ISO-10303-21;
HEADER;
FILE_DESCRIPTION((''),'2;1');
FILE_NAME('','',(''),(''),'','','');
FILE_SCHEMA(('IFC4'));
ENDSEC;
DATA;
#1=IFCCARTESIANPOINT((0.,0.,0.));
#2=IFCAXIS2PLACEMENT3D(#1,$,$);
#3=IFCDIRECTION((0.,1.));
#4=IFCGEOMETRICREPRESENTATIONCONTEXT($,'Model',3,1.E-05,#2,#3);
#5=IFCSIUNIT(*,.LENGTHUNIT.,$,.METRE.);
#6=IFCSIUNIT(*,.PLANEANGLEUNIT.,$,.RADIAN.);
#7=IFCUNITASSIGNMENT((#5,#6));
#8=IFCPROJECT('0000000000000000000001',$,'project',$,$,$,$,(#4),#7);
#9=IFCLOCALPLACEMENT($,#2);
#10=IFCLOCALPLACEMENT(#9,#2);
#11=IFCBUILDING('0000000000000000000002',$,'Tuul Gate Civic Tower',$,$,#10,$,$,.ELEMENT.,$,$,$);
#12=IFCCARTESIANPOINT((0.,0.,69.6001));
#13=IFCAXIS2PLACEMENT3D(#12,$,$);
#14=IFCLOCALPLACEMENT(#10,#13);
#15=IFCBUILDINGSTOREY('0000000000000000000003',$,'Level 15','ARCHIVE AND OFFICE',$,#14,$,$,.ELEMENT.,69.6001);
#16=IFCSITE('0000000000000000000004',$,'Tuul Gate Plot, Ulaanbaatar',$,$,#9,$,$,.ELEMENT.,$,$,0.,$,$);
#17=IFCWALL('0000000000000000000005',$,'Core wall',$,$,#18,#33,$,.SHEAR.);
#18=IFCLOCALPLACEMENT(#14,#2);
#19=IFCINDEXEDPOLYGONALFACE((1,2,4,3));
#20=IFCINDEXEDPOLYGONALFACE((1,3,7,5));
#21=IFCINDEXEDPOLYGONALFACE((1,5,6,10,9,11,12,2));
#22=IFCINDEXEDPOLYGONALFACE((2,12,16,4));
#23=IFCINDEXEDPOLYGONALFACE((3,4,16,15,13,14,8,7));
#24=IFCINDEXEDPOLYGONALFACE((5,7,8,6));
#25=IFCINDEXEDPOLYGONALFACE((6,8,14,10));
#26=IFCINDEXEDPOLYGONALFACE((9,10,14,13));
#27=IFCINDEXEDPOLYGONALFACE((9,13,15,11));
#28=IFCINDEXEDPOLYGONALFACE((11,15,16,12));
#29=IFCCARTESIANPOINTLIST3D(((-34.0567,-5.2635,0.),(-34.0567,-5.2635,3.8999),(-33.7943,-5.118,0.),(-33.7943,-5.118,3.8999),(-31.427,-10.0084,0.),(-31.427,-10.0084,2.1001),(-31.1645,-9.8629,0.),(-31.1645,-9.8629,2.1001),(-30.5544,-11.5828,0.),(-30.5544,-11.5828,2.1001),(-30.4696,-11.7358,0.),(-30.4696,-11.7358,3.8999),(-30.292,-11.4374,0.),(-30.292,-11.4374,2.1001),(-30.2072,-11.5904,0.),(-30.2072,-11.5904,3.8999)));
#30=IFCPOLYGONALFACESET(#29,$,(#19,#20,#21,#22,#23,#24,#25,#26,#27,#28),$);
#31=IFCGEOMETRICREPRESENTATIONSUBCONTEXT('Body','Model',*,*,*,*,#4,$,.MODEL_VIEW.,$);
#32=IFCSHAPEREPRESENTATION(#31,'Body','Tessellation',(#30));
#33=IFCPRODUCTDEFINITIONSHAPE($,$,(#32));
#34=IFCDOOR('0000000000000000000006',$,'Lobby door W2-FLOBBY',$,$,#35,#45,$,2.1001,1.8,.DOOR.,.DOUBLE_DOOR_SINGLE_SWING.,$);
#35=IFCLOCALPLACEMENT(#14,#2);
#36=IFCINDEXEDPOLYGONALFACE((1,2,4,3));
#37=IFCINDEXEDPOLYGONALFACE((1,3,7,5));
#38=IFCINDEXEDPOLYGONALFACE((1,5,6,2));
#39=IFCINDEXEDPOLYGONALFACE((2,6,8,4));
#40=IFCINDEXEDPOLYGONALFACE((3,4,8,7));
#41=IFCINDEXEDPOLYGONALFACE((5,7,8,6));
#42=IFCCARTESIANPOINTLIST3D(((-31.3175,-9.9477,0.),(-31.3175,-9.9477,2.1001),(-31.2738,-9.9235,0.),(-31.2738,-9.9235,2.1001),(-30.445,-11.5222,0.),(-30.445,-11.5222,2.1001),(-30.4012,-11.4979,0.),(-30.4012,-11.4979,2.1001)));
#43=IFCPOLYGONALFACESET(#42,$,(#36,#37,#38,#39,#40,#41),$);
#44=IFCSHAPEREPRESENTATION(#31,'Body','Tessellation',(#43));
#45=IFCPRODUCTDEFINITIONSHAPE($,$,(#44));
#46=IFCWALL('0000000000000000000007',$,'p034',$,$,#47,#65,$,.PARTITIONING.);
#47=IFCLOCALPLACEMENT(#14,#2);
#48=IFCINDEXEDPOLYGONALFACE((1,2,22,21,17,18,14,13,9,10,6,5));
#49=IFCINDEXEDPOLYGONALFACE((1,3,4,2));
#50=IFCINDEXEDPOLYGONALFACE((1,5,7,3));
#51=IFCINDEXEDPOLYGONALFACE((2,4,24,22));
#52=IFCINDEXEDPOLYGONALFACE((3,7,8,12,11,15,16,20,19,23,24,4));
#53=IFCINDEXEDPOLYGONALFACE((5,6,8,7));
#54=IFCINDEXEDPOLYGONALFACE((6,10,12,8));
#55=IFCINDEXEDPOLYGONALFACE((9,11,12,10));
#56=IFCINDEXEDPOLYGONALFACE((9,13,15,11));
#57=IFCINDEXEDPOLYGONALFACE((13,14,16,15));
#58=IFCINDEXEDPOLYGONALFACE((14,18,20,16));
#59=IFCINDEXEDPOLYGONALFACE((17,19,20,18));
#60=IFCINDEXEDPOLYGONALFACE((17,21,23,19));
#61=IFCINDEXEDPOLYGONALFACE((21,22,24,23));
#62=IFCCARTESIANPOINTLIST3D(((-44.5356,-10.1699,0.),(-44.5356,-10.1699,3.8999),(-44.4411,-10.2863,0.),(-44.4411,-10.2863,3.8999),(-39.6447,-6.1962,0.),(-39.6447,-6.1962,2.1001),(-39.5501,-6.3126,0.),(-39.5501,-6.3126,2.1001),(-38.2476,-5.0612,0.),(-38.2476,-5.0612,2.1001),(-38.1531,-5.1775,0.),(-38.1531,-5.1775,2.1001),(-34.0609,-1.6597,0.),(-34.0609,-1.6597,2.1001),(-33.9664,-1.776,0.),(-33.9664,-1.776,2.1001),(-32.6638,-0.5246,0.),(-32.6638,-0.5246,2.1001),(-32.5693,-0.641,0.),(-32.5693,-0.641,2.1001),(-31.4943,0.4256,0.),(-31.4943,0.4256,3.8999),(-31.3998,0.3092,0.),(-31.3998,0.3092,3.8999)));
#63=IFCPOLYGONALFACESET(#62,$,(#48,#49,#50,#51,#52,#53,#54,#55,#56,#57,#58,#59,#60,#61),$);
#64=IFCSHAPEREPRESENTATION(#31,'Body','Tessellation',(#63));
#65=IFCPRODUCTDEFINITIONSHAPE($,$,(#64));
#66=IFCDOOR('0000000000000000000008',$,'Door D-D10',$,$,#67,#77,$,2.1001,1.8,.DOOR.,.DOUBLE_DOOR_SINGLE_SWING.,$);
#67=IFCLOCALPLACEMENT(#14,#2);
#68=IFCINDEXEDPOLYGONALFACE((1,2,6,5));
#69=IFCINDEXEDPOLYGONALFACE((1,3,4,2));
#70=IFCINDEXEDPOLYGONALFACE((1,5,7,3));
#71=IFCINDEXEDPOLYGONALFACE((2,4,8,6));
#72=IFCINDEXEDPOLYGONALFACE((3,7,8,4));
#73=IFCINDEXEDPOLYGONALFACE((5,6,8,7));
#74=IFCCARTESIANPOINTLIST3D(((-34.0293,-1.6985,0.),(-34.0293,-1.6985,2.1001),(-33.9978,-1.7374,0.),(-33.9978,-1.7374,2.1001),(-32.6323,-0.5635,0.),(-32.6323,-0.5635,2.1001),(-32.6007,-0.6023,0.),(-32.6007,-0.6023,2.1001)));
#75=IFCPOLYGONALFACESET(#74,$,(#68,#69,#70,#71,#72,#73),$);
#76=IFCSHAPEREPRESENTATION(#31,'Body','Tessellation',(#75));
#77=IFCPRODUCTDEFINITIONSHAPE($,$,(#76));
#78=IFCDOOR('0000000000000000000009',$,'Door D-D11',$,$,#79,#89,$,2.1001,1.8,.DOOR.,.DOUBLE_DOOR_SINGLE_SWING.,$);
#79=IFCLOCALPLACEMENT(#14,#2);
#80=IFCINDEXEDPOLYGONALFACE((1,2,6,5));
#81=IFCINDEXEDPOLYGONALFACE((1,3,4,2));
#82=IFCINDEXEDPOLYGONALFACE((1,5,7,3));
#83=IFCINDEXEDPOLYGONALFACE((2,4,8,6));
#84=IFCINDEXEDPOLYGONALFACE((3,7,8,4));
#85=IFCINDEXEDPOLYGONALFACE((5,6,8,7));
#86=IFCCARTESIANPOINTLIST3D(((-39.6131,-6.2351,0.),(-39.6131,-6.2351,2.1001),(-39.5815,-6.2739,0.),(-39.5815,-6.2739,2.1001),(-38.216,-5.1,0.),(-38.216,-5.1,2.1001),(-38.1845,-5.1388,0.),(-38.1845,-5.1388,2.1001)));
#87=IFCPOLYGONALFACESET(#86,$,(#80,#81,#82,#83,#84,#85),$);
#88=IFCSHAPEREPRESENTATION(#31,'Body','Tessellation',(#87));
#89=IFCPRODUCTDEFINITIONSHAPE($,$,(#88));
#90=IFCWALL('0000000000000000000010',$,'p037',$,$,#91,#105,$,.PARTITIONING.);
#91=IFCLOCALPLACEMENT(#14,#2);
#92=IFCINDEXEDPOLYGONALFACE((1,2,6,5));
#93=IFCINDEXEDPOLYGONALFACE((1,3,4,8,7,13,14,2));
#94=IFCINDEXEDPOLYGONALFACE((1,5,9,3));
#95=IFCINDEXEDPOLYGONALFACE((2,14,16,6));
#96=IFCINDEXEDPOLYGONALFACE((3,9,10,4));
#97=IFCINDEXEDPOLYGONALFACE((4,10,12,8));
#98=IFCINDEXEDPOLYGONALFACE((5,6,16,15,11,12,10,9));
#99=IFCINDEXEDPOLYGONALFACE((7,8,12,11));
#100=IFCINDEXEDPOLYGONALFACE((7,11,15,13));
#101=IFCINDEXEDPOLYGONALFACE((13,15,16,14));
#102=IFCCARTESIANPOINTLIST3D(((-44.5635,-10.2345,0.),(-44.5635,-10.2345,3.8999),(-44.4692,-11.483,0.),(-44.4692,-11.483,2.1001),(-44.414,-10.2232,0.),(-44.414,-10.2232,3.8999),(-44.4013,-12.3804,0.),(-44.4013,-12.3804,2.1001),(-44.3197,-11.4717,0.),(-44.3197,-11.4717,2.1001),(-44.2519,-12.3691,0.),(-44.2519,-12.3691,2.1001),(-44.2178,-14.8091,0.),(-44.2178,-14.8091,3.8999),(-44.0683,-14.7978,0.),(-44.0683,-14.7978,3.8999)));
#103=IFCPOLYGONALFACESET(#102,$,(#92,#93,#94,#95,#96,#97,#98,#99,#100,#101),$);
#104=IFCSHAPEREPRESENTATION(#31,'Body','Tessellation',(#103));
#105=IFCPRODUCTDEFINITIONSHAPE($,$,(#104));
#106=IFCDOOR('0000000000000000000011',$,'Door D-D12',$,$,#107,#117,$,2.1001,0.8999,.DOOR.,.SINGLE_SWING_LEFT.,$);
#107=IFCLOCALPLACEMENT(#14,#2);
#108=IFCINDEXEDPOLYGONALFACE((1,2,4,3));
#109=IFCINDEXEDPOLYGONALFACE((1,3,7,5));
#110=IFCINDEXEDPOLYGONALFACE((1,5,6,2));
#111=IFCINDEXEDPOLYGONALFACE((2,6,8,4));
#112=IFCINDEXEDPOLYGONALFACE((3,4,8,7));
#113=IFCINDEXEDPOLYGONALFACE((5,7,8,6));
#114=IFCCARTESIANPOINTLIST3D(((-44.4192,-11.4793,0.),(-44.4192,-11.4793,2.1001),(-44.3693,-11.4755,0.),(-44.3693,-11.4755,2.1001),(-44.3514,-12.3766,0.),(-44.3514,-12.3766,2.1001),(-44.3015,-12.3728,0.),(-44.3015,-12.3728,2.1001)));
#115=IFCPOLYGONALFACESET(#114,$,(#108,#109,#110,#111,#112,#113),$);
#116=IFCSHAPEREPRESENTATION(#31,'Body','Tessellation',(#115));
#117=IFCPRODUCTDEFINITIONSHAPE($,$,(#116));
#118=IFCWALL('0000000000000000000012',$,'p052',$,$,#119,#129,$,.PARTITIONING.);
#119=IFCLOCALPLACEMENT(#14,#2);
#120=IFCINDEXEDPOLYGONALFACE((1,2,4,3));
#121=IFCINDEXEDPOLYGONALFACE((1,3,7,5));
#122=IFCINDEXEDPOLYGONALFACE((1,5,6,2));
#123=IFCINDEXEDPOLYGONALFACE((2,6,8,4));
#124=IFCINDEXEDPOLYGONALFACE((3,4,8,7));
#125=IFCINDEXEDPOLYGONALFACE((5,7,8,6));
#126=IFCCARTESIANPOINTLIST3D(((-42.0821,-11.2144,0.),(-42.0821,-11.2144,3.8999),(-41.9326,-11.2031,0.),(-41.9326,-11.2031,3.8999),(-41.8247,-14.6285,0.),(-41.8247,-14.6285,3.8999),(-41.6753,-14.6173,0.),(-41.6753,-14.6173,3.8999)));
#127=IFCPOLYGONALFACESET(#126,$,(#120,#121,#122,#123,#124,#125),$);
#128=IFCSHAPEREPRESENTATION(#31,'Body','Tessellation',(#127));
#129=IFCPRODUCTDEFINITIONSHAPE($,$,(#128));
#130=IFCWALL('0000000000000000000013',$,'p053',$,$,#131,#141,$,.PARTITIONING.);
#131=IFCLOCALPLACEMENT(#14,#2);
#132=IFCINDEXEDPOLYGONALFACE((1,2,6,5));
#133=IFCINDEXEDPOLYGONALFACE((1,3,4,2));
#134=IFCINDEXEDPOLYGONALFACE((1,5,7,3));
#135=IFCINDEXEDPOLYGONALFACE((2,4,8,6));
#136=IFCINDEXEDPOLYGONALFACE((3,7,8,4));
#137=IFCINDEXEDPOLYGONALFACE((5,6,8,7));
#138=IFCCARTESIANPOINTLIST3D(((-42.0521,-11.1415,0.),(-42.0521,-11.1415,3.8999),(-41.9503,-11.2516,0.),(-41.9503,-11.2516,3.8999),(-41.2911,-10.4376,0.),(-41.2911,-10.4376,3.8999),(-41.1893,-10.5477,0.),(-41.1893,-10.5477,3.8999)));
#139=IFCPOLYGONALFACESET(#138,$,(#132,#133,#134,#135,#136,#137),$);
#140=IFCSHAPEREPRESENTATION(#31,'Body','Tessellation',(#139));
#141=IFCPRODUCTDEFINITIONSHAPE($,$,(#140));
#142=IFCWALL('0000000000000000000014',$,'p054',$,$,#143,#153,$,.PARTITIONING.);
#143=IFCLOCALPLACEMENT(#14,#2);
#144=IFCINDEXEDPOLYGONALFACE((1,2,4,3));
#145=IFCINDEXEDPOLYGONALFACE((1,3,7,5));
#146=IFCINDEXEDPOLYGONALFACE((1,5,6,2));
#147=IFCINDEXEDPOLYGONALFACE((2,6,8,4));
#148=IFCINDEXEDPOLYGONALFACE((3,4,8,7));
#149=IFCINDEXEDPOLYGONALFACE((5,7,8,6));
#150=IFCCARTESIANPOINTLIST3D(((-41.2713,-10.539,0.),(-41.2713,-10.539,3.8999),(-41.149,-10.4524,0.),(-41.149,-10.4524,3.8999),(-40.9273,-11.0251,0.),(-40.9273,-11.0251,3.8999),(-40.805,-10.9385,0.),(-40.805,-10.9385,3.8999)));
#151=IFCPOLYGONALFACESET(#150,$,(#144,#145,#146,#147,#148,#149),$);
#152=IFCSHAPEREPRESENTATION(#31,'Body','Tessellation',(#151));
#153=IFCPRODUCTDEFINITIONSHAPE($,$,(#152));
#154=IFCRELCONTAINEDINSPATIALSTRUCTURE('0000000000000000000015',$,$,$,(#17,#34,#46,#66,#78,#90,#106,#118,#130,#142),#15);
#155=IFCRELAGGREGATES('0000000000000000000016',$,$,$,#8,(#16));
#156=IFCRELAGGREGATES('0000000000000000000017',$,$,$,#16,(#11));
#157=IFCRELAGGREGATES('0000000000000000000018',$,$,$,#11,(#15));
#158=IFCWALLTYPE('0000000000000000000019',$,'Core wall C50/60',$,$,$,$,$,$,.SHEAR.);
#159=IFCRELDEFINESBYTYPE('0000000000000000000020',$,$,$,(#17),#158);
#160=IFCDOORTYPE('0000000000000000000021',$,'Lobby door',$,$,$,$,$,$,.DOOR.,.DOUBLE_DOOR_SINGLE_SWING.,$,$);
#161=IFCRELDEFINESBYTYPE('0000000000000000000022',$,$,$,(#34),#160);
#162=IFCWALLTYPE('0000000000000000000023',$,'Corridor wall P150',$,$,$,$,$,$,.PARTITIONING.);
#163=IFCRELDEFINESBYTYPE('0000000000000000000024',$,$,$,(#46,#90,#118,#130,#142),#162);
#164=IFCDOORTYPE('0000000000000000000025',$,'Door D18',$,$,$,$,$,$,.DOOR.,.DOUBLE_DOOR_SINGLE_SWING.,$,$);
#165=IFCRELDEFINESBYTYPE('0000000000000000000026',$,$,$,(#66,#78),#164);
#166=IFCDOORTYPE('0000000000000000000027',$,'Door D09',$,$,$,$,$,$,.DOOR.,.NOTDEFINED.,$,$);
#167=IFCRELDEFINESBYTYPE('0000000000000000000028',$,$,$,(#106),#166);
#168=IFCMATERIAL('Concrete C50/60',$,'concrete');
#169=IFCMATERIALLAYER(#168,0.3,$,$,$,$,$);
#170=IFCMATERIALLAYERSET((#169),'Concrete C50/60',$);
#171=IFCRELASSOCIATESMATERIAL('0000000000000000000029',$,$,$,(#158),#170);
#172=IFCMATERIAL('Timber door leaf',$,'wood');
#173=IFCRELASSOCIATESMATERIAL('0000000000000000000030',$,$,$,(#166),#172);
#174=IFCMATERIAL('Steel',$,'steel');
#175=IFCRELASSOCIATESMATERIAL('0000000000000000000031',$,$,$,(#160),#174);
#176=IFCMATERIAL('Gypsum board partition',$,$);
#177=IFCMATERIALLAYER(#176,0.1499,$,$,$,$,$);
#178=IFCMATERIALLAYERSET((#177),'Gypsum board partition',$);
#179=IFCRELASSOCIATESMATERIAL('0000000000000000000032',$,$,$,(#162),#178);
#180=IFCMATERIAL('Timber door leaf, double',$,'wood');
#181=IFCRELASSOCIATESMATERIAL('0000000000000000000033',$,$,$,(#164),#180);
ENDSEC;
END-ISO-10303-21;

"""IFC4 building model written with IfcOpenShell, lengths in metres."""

from ifc_helpers import new_model, si_unit, direction, frame, frame_2d, origin, place, context, subcontext, project, spatial, rectangle, extrude, material, layer, layer_set, type_object, element, fill, save


model = new_model("IFC4")

# Units and contexts
model_context = context("Model", 3, precision=1e-05, world=origin(), true_north=direction((0.0, 1.0)))
body_context = subcontext(model_context, "Body", "Model", "MODEL_VIEW")
ifc_project = project(units=[si_unit("LENGTHUNIT", "METRE"), si_unit("PLANEANGLEUNIT", "RADIAN")], contexts=[model_context])

# Site, building, storey
site_placement = place(None, origin())
site = spatial("IfcSite", under=ifc_project, at=site_placement, Name="Tuul Gate Plot, Ulaanbaatar", CompositionType="ELEMENT", RefElevation=0.0)
building_placement = place(site_placement, origin())
building = spatial("IfcBuilding", under=site, at=building_placement, Name="Tuul Gate Civic Tower", CompositionType="ELEMENT")
storey_placement = place(building_placement, frame((0.0, 0.0, 69.6001)))
storey = spatial("IfcBuildingStorey", under=building, at=storey_placement, Name="Level 15", Description="ARCHIVE AND OFFICE", CompositionType="ELEMENT", Elevation=69.6001)

# Shared definitions
ifc_material_1 = material(Name="Concrete C50/60", Category="concrete")
ifc_layer_1 = layer(ifc_material_1, 0.3)
ifc_layer_set_1 = layer_set([ifc_layer_1], Name="Concrete C50/60")
wall_type_1 = type_object("IfcWallType", Name="Core wall C50/60", PredefinedType="SHEAR", material=ifc_layer_set_1)

# Shared definitions
ifc_material_2 = material(Name="Timber door leaf", Category="wood")
door_type_1 = type_object("IfcDoorType", Name="Door D09", OperationType="NOTDEFINED", PredefinedType="DOOR", material=ifc_material_2)

# Wall, opening, door
wall_1_placement = place(storey_placement, frame((-30.3384, -11.6631, 0.0), z_axis=(0.0, 0.0, 1.0), x_axis=(-0.484752, 0.874652, 0.0)))
wall_1 = element("IfcWall", 1, at=wall_1_placement, inside=storey, type_object=wall_type_1, Name="Core wall", PredefinedType="SHEAR", context=body_context, shape_type="SweptSolid", body=[
    extrude(rectangle(XDim=7.3999, YDim=0.3, at=frame_2d((3.7, 0.0))), origin(), (0.0, 0.0, 1.0), 3.8999),
])
opening_1_placement = place(wall_1_placement, frame((0.175, 0.0, 0.0)))
opening_1 = element("IfcOpeningElement", 2, at=opening_1_placement, cuts=wall_1, PredefinedType="OPENING", context=body_context, shape_type="SweptSolid", body=[
    extrude(rectangle(XDim=1.8, YDim=2.1001, at=frame_2d((0.8999, 1.05))), frame((0.0, 0.1602, 0.0), z_axis=(0.0, -1.0, 0.0), x_axis=(1.0, 0.0, 0.0)), (0.0, 0.0, 1.0), 0.3201),
])
ifc_material_3 = material(Name="Steel", Category="steel")
door_type_2 = type_object("IfcDoorType", Name="Lobby door", OperationType="DOUBLE_DOOR_SINGLE_SWING", PredefinedType="DOOR", material=ifc_material_3)
door_1_placement = place(opening_1_placement, origin())
door_1 = element("IfcDoor", 3, at=door_1_placement, inside=storey, type_object=door_type_2, Name="Lobby door W2-FLOBBY", OperationType="DOUBLE_DOOR_SINGLE_SWING", OverallHeight=2.1001, OverallWidth=1.8, PredefinedType="DOOR", context=body_context, shape_type="SweptSolid", body=[
    extrude(rectangle(XDim=1.8, YDim=2.1001, at=frame_2d((0.8999, 1.05))), frame((0.0, 0.0249, 0.0), z_axis=(0.0, -1.0, 0.0), x_axis=(1.0, 0.0, 0.0)), (0.0, 0.0, 1.0), 0.05),
])
fill(opening_1, door_1)

# Wall, openings, doors
ifc_material_4 = material(Name="Gypsum board partition")
ifc_layer_2 = layer(ifc_material_4, 0.1499)
ifc_layer_set_2 = layer_set([ifc_layer_2], Name="Gypsum board partition")
wall_type_2 = type_object("IfcWallType", Name="Corridor wall P150", PredefinedType="PARTITIONING", material=ifc_layer_set_2)
wall_2_placement = place(storey_placement, frame((-44.4883, -10.228, 0.0), z_axis=(0.0, 0.0, 1.0), x_axis=(0.77613, 0.630572, 0.0)))
wall_2 = element("IfcWall", 4, at=wall_2_placement, inside=storey, type_object=wall_type_2, Name="p034", PredefinedType="PARTITIONING", context=body_context, shape_type="SweptSolid", body=[
    extrude(rectangle(XDim=16.803, YDim=0.1499, at=frame_2d((8.4014, 0.0))), origin(), (0.0, 0.0, 1.0), 3.8999),
])
opening_2_placement = place(wall_2_placement, frame((13.4961, 0.0, 0.0)))
opening_2 = element("IfcOpeningElement", 5, at=opening_2_placement, cuts=wall_2, PredefinedType="OPENING", context=body_context, shape_type="SweptSolid", body=[
    extrude(rectangle(XDim=1.8, YDim=2.1001, at=frame_2d((0.8999, 1.05))), frame((0.0, 0.085, 0.0), z_axis=(0.0, -1.0, 0.0), x_axis=(1.0, 0.0, 0.0)), (0.0, 0.0, 1.0), 0.1699),
])
opening_3_placement = place(wall_2_placement, frame((6.3018, 0.0, 0.0)))
opening_3 = element("IfcOpeningElement", 6, at=opening_3_placement, cuts=wall_2, PredefinedType="OPENING", context=body_context, shape_type="SweptSolid", body=[
    extrude(rectangle(XDim=1.8, YDim=2.1001, at=frame_2d((0.8999, 1.05))), frame((0.0, 0.085, 0.0), z_axis=(0.0, -1.0, 0.0), x_axis=(1.0, 0.0, 0.0)), (0.0, 0.0, 1.0), 0.1699),
])
ifc_material_5 = material(Name="Timber door leaf, double", Category="wood")
door_type_3 = type_object("IfcDoorType", Name="Door D18", OperationType="DOUBLE_DOOR_SINGLE_SWING", PredefinedType="DOOR", material=ifc_material_5)
door_2_placement = place(opening_2_placement, origin())
door_2 = element("IfcDoor", 7, at=door_2_placement, inside=storey, type_object=door_type_3, Name="Door D-D10", OperationType="DOUBLE_DOOR_SINGLE_SWING", OverallHeight=2.1001, OverallWidth=1.8, PredefinedType="DOOR", context=body_context, shape_type="SweptSolid", body=[
    extrude(rectangle(XDim=1.8, YDim=2.1001, at=frame_2d((0.8999, 1.05))), frame((0.0, 0.0249, 0.0), z_axis=(0.0, -1.0, 0.0), x_axis=(1.0, 0.0, 0.0)), (0.0, 0.0, 1.0), 0.05),
])
fill(opening_2, door_2)
door_3_placement = place(opening_3_placement, origin())
door_3 = element("IfcDoor", 8, at=door_3_placement, inside=storey, type_object=door_type_3, Name="Door D-D11", OperationType="DOUBLE_DOOR_SINGLE_SWING", OverallHeight=2.1001, OverallWidth=1.8, PredefinedType="DOOR", context=body_context, shape_type="SweptSolid", body=[
    extrude(rectangle(XDim=1.8, YDim=2.1001, at=frame_2d((0.8999, 1.05))), frame((0.0, 0.0249, 0.0), z_axis=(0.0, -1.0, 0.0), x_axis=(1.0, 0.0, 0.0)), (0.0, 0.0, 1.0), 0.05),
])
fill(opening_3, door_3)

# Wall, opening, door
wall_3_placement = place(storey_placement, frame((-44.4888, -10.2288, 0.0), z_axis=(0.0, 0.0, 1.0), x_axis=(0.075354, -0.997157, 0.0)))
wall_3 = element("IfcWall", 9, at=wall_3_placement, inside=storey, type_object=wall_type_2, Name="p037", PredefinedType="PARTITIONING", context=body_context, shape_type="SweptSolid", body=[
    extrude(rectangle(XDim=4.5876, YDim=0.1499, at=frame_2d((2.2939, 0.0))), origin(), (0.0, 0.0, 1.0), 3.8999),
])
opening_4_placement = place(wall_3_placement, frame((1.2522, 0.0, 0.0)))
opening_4 = element("IfcOpeningElement", 10, at=opening_4_placement, cuts=wall_3, PredefinedType="OPENING", context=body_context, shape_type="SweptSolid", body=[
    extrude(rectangle(XDim=0.8999, YDim=2.1001, at=frame_2d((0.45, 1.05))), frame((0.0, 0.085, 0.0), z_axis=(0.0, -1.0, 0.0), x_axis=(1.0, 0.0, 0.0)), (0.0, 0.0, 1.0), 0.1699),
])
door_4_placement = place(opening_4_placement, frame((0.8999, 0.0, 0.0), z_axis=(0.0, 0.0, 1.0), x_axis=(-1.0, 0.0, 0.0)))
door_4 = element("IfcDoor", 11, at=door_4_placement, inside=storey, type_object=door_type_1, Name="Door D-D12", OperationType="SINGLE_SWING_LEFT", OverallHeight=2.1001, OverallWidth=0.8999, PredefinedType="DOOR", context=body_context, shape_type="SweptSolid", body=[
    extrude(rectangle(XDim=0.8999, YDim=2.1001, at=frame_2d((0.45, 1.05))), frame((0.0, 0.0249, 0.0), z_axis=(0.0, -1.0, 0.0), x_axis=(1.0, 0.0, 0.0)), (0.0, 0.0, 1.0), 0.05),
])
fill(opening_4, door_4)

# Walls
wall_4_placement = place(storey_placement, frame((-42.0073, -11.2087, 0.0), z_axis=(0.0, 0.0, 1.0), x_axis=(0.075159, -0.997172, 0.0)))
element("IfcWall", 12, at=wall_4_placement, inside=storey, type_object=wall_type_2, Name="p052", PredefinedType="PARTITIONING", context=body_context, shape_type="SweptSolid", body=[
    extrude(rectangle(XDim=3.4238, YDim=0.1499, at=frame_2d((1.7119, 0.0))), origin(), (0.0, 0.0, 1.0), 3.8999),
])
wall_5_placement = place(storey_placement, frame((-42.0012, -11.1965, 0.0), z_axis=(0.0, 0.0, 1.0), x_axis=(0.734126, 0.679013, 0.0)))
element("IfcWall", 13, at=wall_5_placement, inside=storey, type_object=wall_type_2, Name="p053", PredefinedType="PARTITIONING", context=body_context, shape_type="SweptSolid", body=[
    extrude(rectangle(XDim=1.0366, YDim=0.1499, at=frame_2d((0.5183, 0.0))), origin(), (0.0, 0.0, 1.0), 3.8999),
])
wall_6_placement = place(storey_placement, frame((-41.2102, -10.4956, 0.0), z_axis=(0.0, 0.0, 1.0), x_axis=(0.577665, -0.816274, 0.0)))
element("IfcWall", 14, at=wall_6_placement, inside=storey, type_object=wall_type_2, Name="p054", PredefinedType="PARTITIONING", context=body_context, shape_type="SweptSolid", body=[
    extrude(rectangle(XDim=0.5955, YDim=0.1499, at=frame_2d((0.2979, 0.0))), origin(), (0.0, 0.0, 1.0), 3.8999),
])

save(model, "model.ifc")
